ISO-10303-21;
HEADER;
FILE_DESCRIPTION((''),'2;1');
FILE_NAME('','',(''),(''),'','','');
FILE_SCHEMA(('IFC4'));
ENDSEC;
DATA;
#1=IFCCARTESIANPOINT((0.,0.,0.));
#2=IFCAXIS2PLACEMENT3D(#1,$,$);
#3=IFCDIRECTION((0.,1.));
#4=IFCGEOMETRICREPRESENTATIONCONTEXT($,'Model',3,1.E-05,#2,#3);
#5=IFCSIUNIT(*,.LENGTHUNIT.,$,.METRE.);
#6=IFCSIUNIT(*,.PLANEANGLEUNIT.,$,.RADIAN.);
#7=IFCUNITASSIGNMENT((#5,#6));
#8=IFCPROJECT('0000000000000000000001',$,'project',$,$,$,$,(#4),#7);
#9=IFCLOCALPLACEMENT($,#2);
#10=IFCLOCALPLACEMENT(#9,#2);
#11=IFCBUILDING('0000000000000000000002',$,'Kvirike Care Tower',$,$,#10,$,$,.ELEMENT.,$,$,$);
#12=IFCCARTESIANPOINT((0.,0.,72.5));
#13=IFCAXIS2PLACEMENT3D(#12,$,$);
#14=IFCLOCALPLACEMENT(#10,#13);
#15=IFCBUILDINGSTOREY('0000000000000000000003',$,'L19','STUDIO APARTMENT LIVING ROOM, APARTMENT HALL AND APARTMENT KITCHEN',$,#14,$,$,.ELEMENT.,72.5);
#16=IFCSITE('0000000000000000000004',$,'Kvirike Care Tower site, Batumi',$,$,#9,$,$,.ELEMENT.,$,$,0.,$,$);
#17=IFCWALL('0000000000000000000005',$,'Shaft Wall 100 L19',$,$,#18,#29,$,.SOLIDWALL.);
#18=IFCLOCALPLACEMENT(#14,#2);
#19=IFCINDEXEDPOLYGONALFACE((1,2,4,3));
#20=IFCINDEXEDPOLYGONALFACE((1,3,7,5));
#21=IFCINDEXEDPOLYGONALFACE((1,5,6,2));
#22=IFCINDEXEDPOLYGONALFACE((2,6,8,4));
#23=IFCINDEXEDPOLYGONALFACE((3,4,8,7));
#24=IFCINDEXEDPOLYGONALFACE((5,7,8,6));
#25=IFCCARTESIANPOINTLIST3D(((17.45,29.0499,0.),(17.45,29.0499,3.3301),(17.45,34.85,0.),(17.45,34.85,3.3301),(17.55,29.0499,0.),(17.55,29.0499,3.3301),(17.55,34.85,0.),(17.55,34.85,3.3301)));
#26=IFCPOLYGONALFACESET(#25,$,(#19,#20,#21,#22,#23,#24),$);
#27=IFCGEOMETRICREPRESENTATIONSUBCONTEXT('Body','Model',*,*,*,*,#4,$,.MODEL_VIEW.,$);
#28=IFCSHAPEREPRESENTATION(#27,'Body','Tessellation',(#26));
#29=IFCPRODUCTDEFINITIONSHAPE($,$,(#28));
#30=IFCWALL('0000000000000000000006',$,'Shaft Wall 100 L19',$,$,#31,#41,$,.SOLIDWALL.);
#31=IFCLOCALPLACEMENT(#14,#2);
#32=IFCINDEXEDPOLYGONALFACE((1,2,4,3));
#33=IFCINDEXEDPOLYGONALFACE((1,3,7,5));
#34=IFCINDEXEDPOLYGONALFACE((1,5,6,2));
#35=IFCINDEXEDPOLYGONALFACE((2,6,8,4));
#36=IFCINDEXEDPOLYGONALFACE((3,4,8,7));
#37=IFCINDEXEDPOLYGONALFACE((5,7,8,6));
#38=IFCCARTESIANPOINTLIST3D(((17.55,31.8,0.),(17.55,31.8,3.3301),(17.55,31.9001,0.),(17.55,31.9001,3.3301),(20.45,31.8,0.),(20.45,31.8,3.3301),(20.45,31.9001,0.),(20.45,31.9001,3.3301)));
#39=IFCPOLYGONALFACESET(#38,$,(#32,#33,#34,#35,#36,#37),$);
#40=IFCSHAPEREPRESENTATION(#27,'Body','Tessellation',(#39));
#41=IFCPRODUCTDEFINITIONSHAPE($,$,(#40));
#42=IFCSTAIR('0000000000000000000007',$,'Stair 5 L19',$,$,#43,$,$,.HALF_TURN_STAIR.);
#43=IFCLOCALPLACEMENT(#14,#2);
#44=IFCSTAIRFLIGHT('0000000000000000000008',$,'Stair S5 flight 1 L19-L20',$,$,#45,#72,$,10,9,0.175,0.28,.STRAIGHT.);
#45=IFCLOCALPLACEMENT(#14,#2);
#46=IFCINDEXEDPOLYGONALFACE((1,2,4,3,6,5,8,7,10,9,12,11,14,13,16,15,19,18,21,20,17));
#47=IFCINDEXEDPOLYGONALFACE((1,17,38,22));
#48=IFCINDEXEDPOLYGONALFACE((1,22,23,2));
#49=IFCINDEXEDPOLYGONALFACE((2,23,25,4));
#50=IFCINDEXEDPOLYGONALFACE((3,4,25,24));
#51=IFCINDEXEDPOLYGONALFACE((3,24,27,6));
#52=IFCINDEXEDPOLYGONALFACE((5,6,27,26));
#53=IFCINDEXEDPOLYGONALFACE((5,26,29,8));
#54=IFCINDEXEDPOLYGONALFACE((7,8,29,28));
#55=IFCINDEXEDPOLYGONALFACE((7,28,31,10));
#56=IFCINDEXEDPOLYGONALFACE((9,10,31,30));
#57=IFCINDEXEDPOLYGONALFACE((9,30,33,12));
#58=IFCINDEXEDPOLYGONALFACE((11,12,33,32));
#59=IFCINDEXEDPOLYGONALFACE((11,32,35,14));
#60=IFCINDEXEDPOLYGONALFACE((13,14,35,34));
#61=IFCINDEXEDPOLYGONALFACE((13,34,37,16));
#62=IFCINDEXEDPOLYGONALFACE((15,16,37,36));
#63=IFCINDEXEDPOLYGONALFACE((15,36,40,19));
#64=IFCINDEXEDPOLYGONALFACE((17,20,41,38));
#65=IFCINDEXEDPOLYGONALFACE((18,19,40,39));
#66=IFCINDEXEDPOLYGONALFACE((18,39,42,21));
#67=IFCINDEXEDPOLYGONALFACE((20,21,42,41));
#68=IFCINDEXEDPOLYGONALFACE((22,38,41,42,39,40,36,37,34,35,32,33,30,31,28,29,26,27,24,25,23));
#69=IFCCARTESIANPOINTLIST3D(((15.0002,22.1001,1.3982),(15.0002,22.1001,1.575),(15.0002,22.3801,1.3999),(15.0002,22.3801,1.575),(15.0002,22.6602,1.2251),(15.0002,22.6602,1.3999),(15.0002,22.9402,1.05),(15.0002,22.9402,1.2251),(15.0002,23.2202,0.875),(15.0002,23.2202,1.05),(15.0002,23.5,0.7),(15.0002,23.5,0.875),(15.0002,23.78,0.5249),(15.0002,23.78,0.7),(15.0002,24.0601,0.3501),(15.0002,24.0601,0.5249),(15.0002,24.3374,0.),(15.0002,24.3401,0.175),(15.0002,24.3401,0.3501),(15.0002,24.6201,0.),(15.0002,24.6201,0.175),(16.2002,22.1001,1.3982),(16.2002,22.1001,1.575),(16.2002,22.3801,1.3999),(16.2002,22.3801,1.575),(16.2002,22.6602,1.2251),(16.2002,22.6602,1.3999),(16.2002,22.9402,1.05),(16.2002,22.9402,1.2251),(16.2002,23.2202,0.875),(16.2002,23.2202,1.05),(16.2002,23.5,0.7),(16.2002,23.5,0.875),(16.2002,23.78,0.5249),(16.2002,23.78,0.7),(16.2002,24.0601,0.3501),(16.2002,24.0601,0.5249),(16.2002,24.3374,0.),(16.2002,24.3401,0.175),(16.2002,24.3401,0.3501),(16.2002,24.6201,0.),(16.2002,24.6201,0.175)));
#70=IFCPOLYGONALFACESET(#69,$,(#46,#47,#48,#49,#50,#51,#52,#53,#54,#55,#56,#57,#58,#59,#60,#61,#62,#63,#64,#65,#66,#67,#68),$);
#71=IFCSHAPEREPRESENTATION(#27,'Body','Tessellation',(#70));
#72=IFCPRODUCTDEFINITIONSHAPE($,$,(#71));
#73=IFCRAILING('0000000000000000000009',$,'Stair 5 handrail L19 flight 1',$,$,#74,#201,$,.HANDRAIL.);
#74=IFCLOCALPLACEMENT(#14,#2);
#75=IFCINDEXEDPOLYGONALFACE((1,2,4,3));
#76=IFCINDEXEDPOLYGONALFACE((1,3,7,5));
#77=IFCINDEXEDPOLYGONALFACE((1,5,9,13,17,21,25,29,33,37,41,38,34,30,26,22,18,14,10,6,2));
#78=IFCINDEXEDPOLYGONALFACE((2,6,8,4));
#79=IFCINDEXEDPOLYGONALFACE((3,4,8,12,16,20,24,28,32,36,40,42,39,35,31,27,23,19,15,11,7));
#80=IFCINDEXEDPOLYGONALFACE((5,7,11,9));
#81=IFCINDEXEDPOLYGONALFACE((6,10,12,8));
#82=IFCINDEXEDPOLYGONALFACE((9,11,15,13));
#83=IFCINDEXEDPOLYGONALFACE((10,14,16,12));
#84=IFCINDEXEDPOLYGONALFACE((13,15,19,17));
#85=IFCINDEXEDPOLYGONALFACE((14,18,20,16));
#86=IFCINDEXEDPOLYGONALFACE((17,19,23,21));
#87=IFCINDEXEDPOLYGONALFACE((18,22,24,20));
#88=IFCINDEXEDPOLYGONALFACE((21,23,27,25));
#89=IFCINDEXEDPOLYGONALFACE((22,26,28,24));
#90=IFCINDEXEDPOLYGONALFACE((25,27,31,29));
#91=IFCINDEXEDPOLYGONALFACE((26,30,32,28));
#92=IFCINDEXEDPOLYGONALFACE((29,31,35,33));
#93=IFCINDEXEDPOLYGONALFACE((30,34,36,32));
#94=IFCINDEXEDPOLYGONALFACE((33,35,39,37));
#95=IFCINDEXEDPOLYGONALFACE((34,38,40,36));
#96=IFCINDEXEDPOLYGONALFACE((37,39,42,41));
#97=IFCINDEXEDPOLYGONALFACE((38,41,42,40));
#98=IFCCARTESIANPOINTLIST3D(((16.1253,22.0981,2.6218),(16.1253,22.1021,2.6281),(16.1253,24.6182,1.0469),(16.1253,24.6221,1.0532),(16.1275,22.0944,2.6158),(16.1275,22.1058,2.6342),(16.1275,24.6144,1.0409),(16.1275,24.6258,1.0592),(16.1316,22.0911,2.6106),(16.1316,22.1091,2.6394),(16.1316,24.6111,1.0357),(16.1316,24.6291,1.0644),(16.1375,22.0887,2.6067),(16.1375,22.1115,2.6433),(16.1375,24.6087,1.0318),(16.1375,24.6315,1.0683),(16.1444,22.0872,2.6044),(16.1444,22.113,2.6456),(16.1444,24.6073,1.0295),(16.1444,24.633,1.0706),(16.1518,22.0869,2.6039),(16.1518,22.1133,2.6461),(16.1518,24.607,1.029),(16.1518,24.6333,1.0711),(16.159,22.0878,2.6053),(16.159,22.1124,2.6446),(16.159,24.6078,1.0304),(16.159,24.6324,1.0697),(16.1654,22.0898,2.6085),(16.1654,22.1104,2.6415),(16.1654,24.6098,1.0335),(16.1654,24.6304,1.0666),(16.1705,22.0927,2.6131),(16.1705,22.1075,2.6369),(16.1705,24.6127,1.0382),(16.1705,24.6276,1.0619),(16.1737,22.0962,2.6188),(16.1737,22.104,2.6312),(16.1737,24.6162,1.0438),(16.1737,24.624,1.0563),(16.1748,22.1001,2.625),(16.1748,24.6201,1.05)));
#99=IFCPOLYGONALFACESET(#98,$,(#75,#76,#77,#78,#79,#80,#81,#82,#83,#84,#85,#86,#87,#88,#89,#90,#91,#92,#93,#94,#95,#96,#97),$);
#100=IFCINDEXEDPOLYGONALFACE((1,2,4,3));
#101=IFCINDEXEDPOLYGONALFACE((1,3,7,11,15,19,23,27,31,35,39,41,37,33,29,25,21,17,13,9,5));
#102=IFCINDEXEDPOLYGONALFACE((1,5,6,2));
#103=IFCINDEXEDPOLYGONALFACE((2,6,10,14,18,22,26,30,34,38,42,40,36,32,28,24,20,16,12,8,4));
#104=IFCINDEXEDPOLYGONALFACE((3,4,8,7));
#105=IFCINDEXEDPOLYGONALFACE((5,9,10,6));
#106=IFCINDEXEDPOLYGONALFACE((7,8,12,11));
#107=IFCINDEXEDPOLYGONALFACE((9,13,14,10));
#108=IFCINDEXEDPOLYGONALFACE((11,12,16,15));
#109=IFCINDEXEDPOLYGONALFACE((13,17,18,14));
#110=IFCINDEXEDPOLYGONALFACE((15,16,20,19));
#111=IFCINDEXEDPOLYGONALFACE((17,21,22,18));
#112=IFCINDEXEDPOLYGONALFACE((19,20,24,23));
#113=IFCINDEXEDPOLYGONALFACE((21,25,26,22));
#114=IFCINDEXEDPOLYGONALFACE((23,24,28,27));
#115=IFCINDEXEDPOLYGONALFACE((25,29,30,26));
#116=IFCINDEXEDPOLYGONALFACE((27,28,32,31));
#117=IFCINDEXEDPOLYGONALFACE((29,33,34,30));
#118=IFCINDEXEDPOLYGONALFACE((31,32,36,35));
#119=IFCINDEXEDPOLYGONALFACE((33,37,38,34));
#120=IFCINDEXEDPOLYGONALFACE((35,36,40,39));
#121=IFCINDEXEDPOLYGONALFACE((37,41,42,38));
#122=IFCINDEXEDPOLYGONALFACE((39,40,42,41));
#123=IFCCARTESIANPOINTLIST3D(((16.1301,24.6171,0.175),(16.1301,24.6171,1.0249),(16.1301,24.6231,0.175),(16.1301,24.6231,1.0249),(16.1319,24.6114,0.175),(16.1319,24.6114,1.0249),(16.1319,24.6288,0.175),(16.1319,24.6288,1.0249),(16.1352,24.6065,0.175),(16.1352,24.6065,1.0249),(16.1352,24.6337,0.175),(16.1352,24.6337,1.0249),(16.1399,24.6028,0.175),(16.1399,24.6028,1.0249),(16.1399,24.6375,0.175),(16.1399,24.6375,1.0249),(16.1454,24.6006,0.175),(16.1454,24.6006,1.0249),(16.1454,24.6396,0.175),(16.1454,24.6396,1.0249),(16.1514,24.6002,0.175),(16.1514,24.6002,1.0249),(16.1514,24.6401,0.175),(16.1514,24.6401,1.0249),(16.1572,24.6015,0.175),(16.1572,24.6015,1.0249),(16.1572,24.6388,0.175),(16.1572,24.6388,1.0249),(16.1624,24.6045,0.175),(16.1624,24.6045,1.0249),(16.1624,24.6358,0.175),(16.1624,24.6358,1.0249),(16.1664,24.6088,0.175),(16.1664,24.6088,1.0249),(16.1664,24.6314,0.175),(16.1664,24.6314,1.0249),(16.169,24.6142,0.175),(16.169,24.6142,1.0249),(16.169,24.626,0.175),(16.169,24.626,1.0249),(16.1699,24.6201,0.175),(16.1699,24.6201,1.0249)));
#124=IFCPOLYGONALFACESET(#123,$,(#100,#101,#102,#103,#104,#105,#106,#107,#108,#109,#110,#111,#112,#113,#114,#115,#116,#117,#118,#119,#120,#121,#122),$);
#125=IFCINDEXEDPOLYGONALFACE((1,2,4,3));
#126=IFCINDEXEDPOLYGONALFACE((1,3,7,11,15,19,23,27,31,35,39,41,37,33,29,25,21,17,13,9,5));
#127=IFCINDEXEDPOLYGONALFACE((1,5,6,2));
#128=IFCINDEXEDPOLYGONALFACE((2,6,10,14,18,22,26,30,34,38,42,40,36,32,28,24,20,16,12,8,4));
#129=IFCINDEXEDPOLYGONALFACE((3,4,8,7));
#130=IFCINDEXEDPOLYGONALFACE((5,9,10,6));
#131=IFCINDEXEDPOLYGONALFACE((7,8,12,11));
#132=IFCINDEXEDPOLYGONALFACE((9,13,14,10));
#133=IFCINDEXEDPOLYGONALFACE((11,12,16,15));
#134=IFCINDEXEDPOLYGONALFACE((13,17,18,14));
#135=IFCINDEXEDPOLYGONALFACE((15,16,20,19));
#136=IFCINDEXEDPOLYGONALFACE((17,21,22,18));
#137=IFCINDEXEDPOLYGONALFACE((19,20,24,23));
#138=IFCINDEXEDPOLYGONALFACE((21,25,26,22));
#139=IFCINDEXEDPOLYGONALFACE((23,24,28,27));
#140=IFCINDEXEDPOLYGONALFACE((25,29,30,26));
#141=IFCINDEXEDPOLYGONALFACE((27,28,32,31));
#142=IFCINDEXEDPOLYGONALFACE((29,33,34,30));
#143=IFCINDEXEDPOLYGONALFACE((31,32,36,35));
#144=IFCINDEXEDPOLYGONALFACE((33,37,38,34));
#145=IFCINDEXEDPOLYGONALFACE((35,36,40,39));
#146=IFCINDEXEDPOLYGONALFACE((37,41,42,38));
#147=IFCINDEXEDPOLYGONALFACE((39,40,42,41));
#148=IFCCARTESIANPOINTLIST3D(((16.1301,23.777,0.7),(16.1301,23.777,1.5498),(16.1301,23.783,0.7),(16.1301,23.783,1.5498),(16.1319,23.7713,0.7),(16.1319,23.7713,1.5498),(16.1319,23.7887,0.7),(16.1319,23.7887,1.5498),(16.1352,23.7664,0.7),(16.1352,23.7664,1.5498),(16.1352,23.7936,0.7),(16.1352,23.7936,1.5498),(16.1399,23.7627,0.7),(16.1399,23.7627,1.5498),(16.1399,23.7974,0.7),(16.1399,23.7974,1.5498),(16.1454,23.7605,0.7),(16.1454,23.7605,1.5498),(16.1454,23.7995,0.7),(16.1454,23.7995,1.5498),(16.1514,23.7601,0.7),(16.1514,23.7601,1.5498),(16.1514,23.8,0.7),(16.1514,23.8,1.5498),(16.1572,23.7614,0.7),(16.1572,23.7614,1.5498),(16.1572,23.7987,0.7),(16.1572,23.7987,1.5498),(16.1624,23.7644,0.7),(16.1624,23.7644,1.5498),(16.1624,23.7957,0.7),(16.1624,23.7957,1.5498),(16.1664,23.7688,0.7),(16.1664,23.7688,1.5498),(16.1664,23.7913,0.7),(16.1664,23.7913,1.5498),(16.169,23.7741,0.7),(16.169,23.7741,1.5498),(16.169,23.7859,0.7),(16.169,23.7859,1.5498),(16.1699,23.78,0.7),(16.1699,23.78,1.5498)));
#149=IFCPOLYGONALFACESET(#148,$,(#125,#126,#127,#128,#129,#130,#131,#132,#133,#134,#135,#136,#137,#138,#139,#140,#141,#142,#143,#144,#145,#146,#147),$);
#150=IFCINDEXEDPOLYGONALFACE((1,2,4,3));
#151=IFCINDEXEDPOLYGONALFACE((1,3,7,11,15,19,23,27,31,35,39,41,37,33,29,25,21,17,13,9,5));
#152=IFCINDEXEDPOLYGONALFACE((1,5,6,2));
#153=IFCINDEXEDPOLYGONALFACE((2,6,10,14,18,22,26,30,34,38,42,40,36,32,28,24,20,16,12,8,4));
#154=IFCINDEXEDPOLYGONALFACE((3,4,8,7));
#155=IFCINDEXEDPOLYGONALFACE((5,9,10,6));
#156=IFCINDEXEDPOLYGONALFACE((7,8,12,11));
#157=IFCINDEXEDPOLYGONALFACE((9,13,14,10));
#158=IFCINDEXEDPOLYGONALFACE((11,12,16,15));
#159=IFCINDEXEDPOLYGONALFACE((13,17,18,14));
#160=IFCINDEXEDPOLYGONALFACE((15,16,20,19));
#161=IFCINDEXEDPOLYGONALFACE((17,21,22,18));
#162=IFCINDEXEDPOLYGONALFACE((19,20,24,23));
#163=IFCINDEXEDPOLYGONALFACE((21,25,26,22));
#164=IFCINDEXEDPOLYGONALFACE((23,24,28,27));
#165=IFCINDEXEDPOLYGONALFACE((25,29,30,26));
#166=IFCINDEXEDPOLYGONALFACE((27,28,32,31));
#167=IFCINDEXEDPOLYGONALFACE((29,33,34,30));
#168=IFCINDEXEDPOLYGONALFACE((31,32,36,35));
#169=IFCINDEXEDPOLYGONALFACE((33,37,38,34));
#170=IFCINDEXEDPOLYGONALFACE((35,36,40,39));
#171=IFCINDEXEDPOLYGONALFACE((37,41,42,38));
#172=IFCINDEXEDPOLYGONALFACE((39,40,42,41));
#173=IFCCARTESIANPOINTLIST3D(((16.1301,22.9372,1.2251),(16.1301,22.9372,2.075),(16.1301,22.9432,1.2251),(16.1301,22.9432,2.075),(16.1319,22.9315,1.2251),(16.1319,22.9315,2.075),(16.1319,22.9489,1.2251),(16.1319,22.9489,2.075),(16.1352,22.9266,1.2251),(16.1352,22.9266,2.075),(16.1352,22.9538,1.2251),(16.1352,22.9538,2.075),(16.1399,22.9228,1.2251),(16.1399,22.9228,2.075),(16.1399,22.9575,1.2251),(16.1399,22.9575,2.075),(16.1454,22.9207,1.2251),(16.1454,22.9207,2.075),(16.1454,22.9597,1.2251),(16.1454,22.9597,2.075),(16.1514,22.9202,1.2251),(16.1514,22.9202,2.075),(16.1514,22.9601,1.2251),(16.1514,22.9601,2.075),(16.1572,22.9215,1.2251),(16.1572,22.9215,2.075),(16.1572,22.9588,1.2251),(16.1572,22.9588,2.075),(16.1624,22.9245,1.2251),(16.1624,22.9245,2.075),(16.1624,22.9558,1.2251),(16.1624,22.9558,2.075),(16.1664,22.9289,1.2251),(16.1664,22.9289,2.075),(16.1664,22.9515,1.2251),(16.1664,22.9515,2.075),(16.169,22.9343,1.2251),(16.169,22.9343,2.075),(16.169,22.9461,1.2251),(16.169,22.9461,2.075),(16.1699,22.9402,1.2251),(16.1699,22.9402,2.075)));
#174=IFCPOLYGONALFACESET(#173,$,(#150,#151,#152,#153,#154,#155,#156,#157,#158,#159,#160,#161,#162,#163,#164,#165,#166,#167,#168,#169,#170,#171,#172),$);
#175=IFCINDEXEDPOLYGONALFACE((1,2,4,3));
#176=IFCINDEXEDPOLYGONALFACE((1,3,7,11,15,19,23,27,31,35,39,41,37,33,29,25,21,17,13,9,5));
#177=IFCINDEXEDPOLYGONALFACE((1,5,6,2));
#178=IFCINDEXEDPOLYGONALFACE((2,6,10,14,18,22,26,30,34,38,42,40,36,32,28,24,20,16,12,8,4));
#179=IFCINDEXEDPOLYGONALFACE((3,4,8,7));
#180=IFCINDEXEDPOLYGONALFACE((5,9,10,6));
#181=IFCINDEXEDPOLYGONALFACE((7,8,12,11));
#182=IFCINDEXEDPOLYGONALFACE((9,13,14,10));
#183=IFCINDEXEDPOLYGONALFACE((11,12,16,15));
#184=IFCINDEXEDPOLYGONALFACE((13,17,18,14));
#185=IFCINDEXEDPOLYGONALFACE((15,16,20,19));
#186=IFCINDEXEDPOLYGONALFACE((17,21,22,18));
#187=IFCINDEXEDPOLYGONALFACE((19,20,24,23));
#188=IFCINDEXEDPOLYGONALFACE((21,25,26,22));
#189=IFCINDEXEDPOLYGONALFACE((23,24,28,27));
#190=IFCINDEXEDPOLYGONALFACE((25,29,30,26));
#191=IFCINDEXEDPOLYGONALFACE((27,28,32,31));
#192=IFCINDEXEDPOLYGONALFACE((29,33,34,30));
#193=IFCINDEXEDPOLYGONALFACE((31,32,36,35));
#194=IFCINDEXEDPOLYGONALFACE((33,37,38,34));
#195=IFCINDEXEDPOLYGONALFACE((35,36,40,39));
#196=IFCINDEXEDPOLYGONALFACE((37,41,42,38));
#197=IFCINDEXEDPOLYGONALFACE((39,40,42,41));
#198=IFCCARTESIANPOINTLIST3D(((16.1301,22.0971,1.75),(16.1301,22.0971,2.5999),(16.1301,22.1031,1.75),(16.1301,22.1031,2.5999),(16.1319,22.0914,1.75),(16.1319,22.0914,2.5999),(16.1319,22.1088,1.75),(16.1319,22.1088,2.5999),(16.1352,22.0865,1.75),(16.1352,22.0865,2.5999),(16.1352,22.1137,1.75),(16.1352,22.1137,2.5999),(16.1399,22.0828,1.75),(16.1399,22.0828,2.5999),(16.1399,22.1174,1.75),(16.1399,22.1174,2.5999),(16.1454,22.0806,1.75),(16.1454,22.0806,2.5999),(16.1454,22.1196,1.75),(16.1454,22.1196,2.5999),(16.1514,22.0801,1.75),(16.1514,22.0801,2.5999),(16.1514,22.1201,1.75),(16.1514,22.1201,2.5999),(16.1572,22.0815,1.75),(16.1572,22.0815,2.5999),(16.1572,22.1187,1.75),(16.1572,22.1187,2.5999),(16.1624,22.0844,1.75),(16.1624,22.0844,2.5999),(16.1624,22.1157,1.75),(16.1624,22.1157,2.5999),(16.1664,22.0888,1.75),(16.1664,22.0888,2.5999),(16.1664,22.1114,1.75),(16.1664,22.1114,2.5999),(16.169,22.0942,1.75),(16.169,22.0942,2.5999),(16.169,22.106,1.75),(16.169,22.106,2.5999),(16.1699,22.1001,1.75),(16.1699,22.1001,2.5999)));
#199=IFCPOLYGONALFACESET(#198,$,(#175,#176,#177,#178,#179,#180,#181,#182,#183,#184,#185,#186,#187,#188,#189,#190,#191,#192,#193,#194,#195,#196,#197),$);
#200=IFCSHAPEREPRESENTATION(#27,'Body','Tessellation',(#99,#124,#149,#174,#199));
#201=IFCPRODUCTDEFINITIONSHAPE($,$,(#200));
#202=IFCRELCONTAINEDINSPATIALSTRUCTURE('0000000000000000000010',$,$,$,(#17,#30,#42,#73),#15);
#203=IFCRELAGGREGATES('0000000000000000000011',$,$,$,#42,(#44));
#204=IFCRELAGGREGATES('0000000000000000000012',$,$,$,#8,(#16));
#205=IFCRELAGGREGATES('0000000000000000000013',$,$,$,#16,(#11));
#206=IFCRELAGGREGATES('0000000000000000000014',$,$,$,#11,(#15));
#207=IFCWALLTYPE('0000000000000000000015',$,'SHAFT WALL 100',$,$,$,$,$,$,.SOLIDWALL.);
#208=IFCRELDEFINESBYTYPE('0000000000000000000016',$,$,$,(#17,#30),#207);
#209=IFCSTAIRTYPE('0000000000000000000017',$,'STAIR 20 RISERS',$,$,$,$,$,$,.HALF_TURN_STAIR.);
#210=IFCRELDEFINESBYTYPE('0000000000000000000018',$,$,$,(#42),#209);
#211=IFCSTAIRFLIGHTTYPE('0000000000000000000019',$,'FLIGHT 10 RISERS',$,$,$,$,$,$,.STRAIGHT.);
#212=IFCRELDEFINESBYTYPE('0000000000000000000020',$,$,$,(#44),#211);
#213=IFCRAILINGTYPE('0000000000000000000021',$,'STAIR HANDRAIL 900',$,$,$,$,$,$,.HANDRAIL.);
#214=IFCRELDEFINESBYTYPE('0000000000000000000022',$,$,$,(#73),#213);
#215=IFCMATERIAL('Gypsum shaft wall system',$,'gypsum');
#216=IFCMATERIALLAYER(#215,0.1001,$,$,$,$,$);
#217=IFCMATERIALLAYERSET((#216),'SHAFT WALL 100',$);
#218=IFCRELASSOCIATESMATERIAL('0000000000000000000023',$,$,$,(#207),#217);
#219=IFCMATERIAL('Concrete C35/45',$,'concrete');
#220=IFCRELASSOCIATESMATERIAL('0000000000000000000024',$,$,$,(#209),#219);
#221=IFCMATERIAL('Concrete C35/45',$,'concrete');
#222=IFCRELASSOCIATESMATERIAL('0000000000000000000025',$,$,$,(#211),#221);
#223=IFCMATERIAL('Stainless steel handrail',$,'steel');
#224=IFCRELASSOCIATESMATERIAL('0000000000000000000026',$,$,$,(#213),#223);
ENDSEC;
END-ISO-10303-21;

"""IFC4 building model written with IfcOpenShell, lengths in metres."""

from ifc_helpers import new_model, si_unit, direction, frame, frame_2d, origin, origin_2d, place, context, subcontext, project, spatial, polyline, rectangle, circle, outline, extrude, material, layer, layer_set, type_object, element, aggregate, save


model = new_model("IFC4")

# Units and contexts
model_context = context("Model", 3, precision=1e-05, world=origin(), true_north=direction((0.0, 1.0)))
body_context = subcontext(model_context, "Body", "Model", "MODEL_VIEW")
ifc_project = project(units=[si_unit("LENGTHUNIT", "METRE"), si_unit("PLANEANGLEUNIT", "RADIAN")], contexts=[model_context])

# Site, building, storey
site_placement = place(None, origin())
site = spatial("IfcSite", under=ifc_project, at=site_placement, Name="Kvirike Care Tower site, Batumi", CompositionType="ELEMENT", RefElevation=0.0)
building_placement = place(site_placement, origin())
building = spatial("IfcBuilding", under=site, at=building_placement, Name="Kvirike Care Tower", CompositionType="ELEMENT")
storey_placement = place(building_placement, frame((0.0, 0.0, 72.5)))
storey = spatial("IfcBuildingStorey", under=building, at=storey_placement, Name="L19", Description="STUDIO APARTMENT LIVING ROOM, APARTMENT HALL AND APARTMENT KITCHEN", CompositionType="ELEMENT", Elevation=72.5)

# Walls
ifc_material_1 = material(Name="Gypsum shaft wall system", Category="gypsum")
ifc_layer_1 = layer(ifc_material_1, 0.1001)
ifc_layer_set_1 = layer_set([ifc_layer_1], Name="SHAFT WALL 100")
wall_type_1 = type_object("IfcWallType", Name="SHAFT WALL 100", PredefinedType="SOLIDWALL", material=ifc_layer_set_1)
wall_1_placement = place(storey_placement, frame((17.5, 29.05, 0.0), z_axis=(0.0, 0.0, 1.0), x_axis=(0.0, 1.0, 0.0)))
element("IfcWall", 1, at=wall_1_placement, inside=storey, type_object=wall_type_1, Name="Shaft Wall 100 L19", PredefinedType="SOLIDWALL", context=body_context, shape_type="SweptSolid", body=[
    extrude(rectangle(XDim=5.8, YDim=0.1001, at=frame_2d((2.8999, 0.0))), origin(), (0.0, 0.0, 1.0), 3.3301),
])
wall_2_placement = place(storey_placement, frame((17.55, 31.8501, 0.0), z_axis=(0.0, 0.0, 1.0), x_axis=(1.0, 0.0, 0.0)))
element("IfcWall", 2, at=wall_2_placement, inside=storey, type_object=wall_type_1, Name="Shaft Wall 100 L19", PredefinedType="SOLIDWALL", context=body_context, shape_type="SweptSolid", body=[
    extrude(rectangle(XDim=2.8999, YDim=0.1001, at=frame_2d((1.45, 0.0))), origin(), (0.0, 0.0, 1.0), 3.3301),
])

# Stair, stair flight
ifc_material_2 = material(Name="Concrete C35/45", Category="concrete")
stair_type = type_object("IfcStairType", Name="STAIR 20 RISERS", PredefinedType="HALF_TURN_STAIR", material=ifc_material_2)
stair_placement = place(storey_placement, origin())
stair = element("IfcStair", 3, at=stair_placement, inside=storey, type_object=stair_type, Name="Stair 5 L19", PredefinedType="HALF_TURN_STAIR")
ifc_material_3 = material(Name="Concrete C35/45", Category="concrete")
stair_flight_type = type_object("IfcStairFlightType", Name="FLIGHT 10 RISERS", PredefinedType="STRAIGHT", material=ifc_material_3)
stair_flight_placement = place(storey_placement, frame((15.6001, 24.6201, 0.0), z_axis=(0.0, 0.0, 1.0), x_axis=(0.0, -1.0, 0.0)))
stair_flight = element("IfcStairFlight", 4, at=stair_flight_placement, type_object=stair_flight_type, Name="Stair S5 flight 1 L19-L20", NumberOfRisers=10, NumberOfTreads=9, PredefinedType="STRAIGHT", RiserHeight=0.175, TreadLength=0.28, context=body_context, shape_type="SweptSolid", body=[
    extrude(outline(polyline([(0.0, 0.0), (0.0, 0.175), (0.28, 0.175), (0.28, 0.3501), (0.5601, 0.3501), (0.5601, 0.5249), (0.8401, 0.5249), (0.8401, 0.7), (1.1201, 0.7), (1.1201, 0.875), (1.3999, 0.875), (1.3999, 1.05), (1.6799, 1.05), (1.6799, 1.2251), (1.96, 1.2251), (1.96, 1.3999), (2.24, 1.3999), (2.24, 1.575), (2.52, 1.575), (2.52, 1.75), (2.52, 1.3982), (0.2827, 0.0), (0.0, 0.0)])), frame((0.0, 0.6001, 0.0), z_axis=(0.0, -1.0, 0.0), x_axis=(1.0, 0.0, 0.0)), (0.0, 0.0, 1.0), 1.2),
])
aggregate(stair, [stair_flight])

# Railing
ifc_material_4 = material(Name="Stainless steel handrail", Category="steel")
railing_type = type_object("IfcRailingType", Name="STAIR HANDRAIL 900", PredefinedType="HANDRAIL", material=ifc_material_4)
railing_placement = place(storey_placement, frame((16.1499, 24.6201, 0.175)))
element("IfcRailing", 5, at=railing_placement, inside=storey, type_object=railing_type, Name="Stair 5 handrail L19 flight 1", PredefinedType="HANDRAIL", context=body_context, shape_type="SweptSolid", body=[
    extrude(circle(Radius=0.0249, at=origin_2d()), frame((0.0, 0.0, 0.875), z_axis=(0.0, -0.848008, 0.529984), x_axis=(1.0, 0.0, 0.0)), (0.0, 0.0, 1.0), 2.9717),
    extrude(circle(Radius=0.02, at=origin_2d()), origin(), (0.0, 0.0, 1.0), 0.8499),
    extrude(circle(Radius=0.02, at=origin_2d()), frame((0.0, -0.8401, 0.5249)), (0.0, 0.0, 1.0), 0.8499),
    extrude(circle(Radius=0.02, at=origin_2d()), frame((0.0, -1.6799, 1.05)), (0.0, 0.0, 1.0), 0.8499),
    extrude(circle(Radius=0.02, at=origin_2d()), frame((0.0, -2.52, 1.575)), (0.0, 0.0, 1.0), 0.8499),
])

save(model, "model.ifc")
